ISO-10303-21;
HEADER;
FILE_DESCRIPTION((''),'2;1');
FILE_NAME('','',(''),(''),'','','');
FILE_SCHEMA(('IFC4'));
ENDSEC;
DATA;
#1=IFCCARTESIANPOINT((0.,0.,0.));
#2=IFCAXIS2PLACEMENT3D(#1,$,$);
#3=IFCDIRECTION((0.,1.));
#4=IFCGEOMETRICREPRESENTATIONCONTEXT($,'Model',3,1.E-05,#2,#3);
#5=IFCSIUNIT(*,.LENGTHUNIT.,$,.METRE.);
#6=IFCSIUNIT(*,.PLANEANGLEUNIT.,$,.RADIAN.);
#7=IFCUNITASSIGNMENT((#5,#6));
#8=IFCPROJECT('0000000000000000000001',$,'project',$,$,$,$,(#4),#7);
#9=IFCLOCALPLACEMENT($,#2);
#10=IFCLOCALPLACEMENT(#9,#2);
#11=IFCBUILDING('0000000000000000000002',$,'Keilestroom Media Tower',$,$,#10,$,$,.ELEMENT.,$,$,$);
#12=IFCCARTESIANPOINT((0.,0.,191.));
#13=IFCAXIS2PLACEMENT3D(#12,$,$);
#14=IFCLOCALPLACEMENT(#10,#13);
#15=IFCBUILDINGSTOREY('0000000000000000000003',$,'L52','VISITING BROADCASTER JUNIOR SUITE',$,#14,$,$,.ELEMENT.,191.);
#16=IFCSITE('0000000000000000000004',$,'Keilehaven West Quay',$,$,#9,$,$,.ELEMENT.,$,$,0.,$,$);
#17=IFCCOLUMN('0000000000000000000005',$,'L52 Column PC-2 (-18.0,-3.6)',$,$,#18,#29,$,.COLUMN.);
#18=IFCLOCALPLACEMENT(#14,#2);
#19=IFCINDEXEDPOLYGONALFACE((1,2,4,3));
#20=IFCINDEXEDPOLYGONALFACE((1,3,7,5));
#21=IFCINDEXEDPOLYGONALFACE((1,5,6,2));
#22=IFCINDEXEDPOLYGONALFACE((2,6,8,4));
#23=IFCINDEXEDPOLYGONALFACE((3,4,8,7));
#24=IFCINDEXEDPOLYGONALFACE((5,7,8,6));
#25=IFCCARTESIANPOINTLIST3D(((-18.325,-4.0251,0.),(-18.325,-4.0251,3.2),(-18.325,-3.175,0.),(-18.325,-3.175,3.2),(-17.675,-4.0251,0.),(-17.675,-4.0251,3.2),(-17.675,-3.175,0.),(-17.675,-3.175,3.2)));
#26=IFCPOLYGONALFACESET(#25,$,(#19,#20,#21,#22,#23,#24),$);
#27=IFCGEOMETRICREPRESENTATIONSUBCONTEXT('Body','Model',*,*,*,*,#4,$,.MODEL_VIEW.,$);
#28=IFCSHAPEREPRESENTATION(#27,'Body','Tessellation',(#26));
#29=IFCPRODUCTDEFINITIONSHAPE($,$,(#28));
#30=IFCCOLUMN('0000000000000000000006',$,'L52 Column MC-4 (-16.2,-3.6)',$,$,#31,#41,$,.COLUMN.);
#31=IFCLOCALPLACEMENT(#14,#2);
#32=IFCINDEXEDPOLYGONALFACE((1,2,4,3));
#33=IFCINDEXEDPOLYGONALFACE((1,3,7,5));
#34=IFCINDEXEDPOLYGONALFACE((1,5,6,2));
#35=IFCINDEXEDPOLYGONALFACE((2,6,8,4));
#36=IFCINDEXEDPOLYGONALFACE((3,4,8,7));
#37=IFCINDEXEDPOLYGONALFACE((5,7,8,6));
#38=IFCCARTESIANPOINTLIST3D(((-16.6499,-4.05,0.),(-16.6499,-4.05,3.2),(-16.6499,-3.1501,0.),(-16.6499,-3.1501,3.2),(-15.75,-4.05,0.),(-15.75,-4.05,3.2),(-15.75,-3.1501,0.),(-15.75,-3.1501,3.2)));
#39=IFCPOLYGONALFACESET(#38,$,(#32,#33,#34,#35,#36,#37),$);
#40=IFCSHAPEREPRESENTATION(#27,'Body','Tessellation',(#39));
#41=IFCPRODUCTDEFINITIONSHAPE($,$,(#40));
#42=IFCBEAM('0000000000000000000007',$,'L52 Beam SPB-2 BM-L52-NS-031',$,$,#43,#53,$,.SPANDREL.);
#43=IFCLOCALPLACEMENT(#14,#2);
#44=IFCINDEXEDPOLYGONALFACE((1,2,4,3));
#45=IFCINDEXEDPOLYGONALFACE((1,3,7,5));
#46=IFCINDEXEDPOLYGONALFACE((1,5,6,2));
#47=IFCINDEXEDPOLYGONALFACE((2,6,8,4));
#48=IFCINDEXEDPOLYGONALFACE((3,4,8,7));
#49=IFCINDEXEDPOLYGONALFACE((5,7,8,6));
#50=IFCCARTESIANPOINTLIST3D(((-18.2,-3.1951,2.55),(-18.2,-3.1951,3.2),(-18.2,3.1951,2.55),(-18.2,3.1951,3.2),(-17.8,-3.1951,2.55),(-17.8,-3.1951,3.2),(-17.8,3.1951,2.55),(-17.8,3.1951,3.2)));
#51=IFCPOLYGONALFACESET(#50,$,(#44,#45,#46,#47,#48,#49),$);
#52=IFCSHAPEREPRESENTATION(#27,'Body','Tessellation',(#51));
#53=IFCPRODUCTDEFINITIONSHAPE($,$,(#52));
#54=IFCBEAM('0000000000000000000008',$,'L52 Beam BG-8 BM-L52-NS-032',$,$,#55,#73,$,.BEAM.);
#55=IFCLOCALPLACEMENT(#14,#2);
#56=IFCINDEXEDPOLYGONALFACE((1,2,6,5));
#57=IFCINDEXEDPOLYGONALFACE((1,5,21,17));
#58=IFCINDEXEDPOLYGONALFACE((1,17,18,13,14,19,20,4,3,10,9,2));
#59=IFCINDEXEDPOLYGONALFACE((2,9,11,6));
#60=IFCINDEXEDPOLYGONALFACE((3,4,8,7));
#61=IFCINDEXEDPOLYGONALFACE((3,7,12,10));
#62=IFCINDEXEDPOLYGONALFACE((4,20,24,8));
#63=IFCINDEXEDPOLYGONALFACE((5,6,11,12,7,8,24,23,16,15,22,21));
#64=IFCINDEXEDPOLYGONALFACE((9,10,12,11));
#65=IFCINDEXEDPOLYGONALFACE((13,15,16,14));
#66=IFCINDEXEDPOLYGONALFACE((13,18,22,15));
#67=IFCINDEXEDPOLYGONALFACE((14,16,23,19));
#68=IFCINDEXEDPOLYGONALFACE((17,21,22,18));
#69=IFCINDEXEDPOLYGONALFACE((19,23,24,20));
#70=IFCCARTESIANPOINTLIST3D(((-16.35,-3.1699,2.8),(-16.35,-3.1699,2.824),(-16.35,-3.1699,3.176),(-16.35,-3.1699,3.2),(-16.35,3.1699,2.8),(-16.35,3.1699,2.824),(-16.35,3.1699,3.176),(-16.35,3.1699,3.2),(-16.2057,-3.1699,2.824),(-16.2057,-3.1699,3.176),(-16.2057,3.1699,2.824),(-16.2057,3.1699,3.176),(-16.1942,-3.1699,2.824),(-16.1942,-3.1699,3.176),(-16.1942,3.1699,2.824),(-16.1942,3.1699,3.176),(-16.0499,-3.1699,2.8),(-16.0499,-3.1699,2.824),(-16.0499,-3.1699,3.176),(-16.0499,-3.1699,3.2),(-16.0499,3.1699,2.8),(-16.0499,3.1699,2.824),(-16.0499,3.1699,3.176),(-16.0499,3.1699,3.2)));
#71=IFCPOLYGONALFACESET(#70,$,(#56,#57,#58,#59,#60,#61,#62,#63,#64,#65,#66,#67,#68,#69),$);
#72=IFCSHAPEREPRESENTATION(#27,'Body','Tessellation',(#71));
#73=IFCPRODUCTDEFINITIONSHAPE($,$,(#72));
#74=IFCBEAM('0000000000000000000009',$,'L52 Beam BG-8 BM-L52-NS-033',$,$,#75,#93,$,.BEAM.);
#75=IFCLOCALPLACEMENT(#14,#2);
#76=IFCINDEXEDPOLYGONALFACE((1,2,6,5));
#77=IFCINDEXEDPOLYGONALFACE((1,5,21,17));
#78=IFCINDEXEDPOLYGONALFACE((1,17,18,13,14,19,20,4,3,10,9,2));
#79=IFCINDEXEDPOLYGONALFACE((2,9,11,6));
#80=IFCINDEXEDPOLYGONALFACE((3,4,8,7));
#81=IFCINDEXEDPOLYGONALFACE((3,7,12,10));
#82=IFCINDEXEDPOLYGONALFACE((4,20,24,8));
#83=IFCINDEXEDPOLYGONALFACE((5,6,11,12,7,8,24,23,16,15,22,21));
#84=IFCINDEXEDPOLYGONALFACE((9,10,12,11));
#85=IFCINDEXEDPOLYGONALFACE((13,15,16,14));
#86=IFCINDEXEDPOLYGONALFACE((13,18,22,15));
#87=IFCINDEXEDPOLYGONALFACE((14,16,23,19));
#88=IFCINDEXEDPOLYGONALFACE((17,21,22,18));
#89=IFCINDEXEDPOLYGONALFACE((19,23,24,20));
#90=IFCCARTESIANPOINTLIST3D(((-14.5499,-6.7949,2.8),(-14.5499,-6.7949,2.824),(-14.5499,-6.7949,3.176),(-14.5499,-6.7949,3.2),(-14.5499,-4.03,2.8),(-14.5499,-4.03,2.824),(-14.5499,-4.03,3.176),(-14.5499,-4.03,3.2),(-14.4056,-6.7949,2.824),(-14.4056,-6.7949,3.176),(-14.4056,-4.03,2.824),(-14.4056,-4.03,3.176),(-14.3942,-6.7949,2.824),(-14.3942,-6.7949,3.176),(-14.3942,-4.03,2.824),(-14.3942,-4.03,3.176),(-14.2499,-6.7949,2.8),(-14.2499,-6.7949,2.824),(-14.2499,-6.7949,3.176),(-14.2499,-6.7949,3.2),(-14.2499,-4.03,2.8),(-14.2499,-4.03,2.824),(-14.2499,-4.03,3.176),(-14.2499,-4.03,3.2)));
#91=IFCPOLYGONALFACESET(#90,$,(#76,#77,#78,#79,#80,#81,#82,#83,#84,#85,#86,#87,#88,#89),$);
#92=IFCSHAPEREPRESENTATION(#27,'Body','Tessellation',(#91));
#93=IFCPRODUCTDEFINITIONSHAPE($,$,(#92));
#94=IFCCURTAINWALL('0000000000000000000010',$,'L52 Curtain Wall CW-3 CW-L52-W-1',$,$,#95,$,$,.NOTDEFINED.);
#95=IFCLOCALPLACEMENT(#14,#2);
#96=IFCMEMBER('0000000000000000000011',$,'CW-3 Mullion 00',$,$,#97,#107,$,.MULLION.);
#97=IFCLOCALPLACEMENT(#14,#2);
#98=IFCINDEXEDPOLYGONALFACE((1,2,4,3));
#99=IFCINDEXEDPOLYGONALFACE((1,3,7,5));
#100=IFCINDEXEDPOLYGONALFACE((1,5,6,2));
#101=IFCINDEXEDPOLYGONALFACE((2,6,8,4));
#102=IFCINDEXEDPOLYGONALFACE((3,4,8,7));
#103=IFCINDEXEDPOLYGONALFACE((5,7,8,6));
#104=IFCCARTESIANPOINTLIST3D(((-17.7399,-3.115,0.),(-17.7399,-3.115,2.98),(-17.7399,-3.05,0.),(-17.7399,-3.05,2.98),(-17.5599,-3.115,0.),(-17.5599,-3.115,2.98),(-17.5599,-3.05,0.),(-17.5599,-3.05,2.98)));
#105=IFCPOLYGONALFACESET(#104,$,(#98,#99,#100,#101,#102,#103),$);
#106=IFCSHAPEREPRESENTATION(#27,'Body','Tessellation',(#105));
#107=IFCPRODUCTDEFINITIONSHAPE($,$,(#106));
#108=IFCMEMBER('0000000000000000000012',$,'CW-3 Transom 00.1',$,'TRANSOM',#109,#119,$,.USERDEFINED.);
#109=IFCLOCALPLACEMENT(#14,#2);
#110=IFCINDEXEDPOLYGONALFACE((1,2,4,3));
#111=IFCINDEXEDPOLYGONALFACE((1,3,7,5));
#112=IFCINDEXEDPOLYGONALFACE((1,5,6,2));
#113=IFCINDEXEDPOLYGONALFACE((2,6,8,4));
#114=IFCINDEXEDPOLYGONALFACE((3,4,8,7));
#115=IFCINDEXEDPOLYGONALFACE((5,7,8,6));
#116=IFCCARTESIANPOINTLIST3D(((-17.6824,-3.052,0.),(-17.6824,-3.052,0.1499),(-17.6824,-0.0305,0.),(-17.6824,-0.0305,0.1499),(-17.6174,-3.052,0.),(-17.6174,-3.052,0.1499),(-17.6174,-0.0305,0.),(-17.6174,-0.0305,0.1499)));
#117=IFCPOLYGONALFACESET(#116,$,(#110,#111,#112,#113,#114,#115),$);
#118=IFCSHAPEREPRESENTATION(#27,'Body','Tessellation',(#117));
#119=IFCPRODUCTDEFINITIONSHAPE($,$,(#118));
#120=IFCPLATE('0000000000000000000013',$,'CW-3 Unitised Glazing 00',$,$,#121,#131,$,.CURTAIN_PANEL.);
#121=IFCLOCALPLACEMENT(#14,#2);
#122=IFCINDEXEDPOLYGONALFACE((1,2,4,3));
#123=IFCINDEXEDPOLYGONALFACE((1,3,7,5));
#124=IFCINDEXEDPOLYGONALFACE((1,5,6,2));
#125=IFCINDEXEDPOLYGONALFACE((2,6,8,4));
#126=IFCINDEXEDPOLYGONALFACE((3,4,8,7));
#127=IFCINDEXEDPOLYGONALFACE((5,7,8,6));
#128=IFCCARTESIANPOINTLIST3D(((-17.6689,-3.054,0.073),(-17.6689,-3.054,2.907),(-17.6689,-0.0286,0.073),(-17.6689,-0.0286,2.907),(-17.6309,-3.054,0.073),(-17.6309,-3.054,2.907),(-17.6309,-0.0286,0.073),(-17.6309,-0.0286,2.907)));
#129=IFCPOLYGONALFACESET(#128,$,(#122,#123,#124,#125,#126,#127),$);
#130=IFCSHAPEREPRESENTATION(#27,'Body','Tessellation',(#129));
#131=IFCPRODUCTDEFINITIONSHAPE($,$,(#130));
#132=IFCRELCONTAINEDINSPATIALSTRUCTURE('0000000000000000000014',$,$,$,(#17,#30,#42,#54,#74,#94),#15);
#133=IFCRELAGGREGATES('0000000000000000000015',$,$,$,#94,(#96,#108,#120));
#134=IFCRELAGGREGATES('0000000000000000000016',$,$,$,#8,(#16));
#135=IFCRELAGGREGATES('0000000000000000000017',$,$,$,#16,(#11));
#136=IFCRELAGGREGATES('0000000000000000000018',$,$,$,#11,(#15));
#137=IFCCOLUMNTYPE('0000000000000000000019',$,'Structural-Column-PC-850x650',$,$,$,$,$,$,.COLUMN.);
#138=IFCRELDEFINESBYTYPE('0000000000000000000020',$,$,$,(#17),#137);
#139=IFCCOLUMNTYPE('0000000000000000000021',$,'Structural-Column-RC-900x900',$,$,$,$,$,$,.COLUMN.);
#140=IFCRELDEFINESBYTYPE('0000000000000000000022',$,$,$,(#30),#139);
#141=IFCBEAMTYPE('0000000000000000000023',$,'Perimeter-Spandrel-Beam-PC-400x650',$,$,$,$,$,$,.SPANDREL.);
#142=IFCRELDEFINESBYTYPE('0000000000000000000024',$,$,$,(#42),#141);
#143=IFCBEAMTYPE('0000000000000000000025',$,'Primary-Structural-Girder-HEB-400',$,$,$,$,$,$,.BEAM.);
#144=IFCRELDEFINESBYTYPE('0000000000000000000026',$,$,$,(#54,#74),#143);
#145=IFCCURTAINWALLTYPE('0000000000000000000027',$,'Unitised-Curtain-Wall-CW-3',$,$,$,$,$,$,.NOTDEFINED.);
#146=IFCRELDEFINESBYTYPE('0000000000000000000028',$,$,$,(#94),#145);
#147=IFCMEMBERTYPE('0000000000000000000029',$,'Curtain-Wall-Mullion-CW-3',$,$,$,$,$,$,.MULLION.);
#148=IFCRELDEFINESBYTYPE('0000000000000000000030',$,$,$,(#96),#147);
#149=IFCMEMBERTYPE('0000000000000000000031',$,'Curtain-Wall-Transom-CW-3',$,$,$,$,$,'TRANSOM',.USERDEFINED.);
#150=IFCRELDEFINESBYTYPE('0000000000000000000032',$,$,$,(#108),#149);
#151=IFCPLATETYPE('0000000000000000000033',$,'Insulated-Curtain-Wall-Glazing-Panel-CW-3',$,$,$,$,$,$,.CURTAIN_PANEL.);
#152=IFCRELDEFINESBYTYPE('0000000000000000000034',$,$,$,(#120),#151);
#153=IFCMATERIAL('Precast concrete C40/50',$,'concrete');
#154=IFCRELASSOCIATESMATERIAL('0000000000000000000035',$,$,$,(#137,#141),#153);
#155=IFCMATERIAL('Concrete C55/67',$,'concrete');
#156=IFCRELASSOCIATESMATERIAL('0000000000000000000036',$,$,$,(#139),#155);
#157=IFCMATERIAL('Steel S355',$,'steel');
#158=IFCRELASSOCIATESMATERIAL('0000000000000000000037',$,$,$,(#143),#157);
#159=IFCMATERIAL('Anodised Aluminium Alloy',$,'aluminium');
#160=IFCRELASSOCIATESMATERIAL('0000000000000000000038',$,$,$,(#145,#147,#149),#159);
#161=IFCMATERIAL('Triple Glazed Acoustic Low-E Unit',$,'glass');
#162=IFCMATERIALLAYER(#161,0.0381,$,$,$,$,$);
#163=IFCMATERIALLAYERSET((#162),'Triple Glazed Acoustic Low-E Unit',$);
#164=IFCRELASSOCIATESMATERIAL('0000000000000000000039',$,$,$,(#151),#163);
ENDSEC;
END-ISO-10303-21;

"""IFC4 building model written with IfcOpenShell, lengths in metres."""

from ifc_helpers import new_model, si_unit, direction, frame, origin, origin_2d, place, context, subcontext, project, spatial, rectangle, i_section, extrude, source, transform, mapped, material, layer, layer_set, material_profile, profile_set, type_object, element, aggregate, save


model = new_model("IFC4")

# Units and contexts
model_context = context("Model", 3, precision=1e-05, world=origin(), true_north=direction((0.0, 1.0)))
body_context = subcontext(model_context, "Body", "Model", "MODEL_VIEW")
ifc_project = project(units=[si_unit("LENGTHUNIT", "METRE"), si_unit("PLANEANGLEUNIT", "RADIAN")], contexts=[model_context])

# Site, building, storey
site_placement = place(None, origin())
site = spatial("IfcSite", under=ifc_project, at=site_placement, Name="Keilehaven West Quay", CompositionType="ELEMENT", RefElevation=0.0)
building_placement = place(site_placement, origin())
building = spatial("IfcBuilding", under=site, at=building_placement, Name="Keilestroom Media Tower", CompositionType="ELEMENT")
storey_placement = place(building_placement, frame((0.0, 0.0, 191.0)))
storey = spatial("IfcBuildingStorey", under=building, at=storey_placement, Name="L52", Description="VISITING BROADCASTER JUNIOR SUITE", CompositionType="ELEMENT", Elevation=191.0)

# Columns
ifc_material_1 = material(Name="Precast concrete C40/50", Category="concrete")
ifc_material_profile_1 = material_profile(ifc_material_1, rectangle(XDim=0.6499, YDim=0.8501, at=origin_2d()), Name="PC 850x650")
ifc_profile_set_1 = profile_set([ifc_material_profile_1], Name="Precast concrete C40/50")
column_type_1 = type_object("IfcColumnType", Name="Structural-Column-PC-850x650", PredefinedType="COLUMN", material=ifc_profile_set_1)
shared_shape_1 = source(origin(), body_context, "Body", "SweptSolid", [
    extrude(rectangle(XDim=0.6499, YDim=0.8501, at=origin_2d()), origin(), (0.0, 0.0, 1.0), 3.2),
])
column_1_placement = place(storey_placement, frame((-18.0, -3.6001, 0.0), z_axis=(0.0, 0.0, 1.0), x_axis=(1.0, 0.0, 0.0)))
element("IfcColumn", 1, at=column_1_placement, inside=storey, type_object=column_type_1, Name="L52 Column PC-2 (-18.0,-3.6)", PredefinedType="COLUMN", context=body_context, shape_type="MappedRepresentation", body=[
    mapped(shared_shape_1, transform((0.0, 0.0, 0.0), x_axis=(1.0, 0.0, 0.0), y_axis=(0.0, 1.0, 0.0), z_axis=(0.0, 0.0, 1.0), scale=1.0)),
])
ifc_material_2 = material(Name="Concrete C55/67", Category="concrete")
ifc_material_profile_2 = material_profile(ifc_material_2, rectangle(XDim=0.8999, YDim=0.8999, at=origin_2d()), Name="RC 900x900")
ifc_profile_set_2 = profile_set([ifc_material_profile_2], Name="Concrete C55/67")
column_type_2 = type_object("IfcColumnType", Name="Structural-Column-RC-900x900", PredefinedType="COLUMN", material=ifc_profile_set_2)
shared_shape_2 = source(origin(), body_context, "Body", "SweptSolid", [
    extrude(rectangle(XDim=0.8999, YDim=0.8999, at=origin_2d()), origin(), (0.0, 0.0, 1.0), 3.2),
])
column_2_placement = place(storey_placement, frame((-16.2, -3.6001, 0.0), z_axis=(0.0, 0.0, 1.0), x_axis=(1.0, 0.0, 0.0)))
element("IfcColumn", 2, at=column_2_placement, inside=storey, type_object=column_type_2, Name="L52 Column MC-4 (-16.2,-3.6)", PredefinedType="COLUMN", context=body_context, shape_type="MappedRepresentation", body=[
    mapped(shared_shape_2, transform((0.0, 0.0, 0.0), x_axis=(1.0, 0.0, 0.0), y_axis=(0.0, 1.0, 0.0), z_axis=(0.0, 0.0, 1.0), scale=1.0)),
])

# Beams
ifc_material_profile_3 = material_profile(ifc_material_1, rectangle(XDim=0.3999, YDim=0.6499, at=origin_2d()), Name="PC 400x650")
ifc_profile_set_3 = profile_set([ifc_material_profile_3], Name="Precast concrete C40/50")
beam_type_1 = type_object("IfcBeamType", Name="Perimeter-Spandrel-Beam-PC-400x650", PredefinedType="SPANDREL", material=ifc_profile_set_3)
shared_shape_3 = source(origin(), body_context, "Body", "SweptSolid", [
    extrude(rectangle(XDim=0.3999, YDim=0.6499, at=origin_2d()), origin(), (0.0, 0.0, 1.0), 6.3901),
])
beam_1_placement = place(storey_placement, frame((-18.0, -3.1951, 2.875), z_axis=(0.0, 1.0, 0.0), x_axis=(-1.0, 0.0, 0.0)))
element("IfcBeam", 3, at=beam_1_placement, inside=storey, type_object=beam_type_1, Name="L52 Beam SPB-2 BM-L52-NS-031", PredefinedType="SPANDREL", context=body_context, shape_type="MappedRepresentation", body=[
    mapped(shared_shape_3, transform((0.0, 0.0, 0.0), x_axis=(1.0, 0.0, 0.0), y_axis=(0.0, 1.0, 0.0), z_axis=(0.0, 0.0, 1.0), scale=1.0)),
])
ifc_material_3 = material(Name="Steel S355", Category="steel")
ifc_material_profile_4 = material_profile(ifc_material_3, i_section(OverallWidth=0.3, OverallDepth=0.3999, WebThickness=0.0115, FlangeThickness=0.0239, at=origin_2d()), Name="HEB 400")
ifc_profile_set_4 = profile_set([ifc_material_profile_4], Name="Steel S355")
beam_type_2 = type_object("IfcBeamType", Name="Primary-Structural-Girder-HEB-400", PredefinedType="BEAM", material=ifc_profile_set_4)
shared_shape_4 = source(origin(), body_context, "Body", "SweptSolid", [
    extrude(i_section(OverallWidth=0.3, OverallDepth=0.3999, WebThickness=0.0115, FlangeThickness=0.0239, at=origin_2d()), origin(), (0.0, 0.0, 1.0), 6.3398),
])
beam_2_placement = place(storey_placement, frame((-16.2, -3.1699, 3.0), z_axis=(0.0, 1.0, 0.0), x_axis=(-1.0, 0.0, 0.0)))
element("IfcBeam", 4, at=beam_2_placement, inside=storey, type_object=beam_type_2, Name="L52 Beam BG-8 BM-L52-NS-032", PredefinedType="BEAM", context=body_context, shape_type="MappedRepresentation", body=[
    mapped(shared_shape_4, transform((0.0, 0.0, 0.0), x_axis=(1.0, 0.0, 0.0), y_axis=(0.0, 1.0, 0.0), z_axis=(0.0, 0.0, 1.0), scale=1.0)),
])
shared_shape_5 = source(origin(), body_context, "Body", "SweptSolid", [
    extrude(i_section(OverallWidth=0.3, OverallDepth=0.3999, WebThickness=0.0115, FlangeThickness=0.0239, at=origin_2d()), origin(), (0.0, 0.0, 1.0), 2.7649),
])
beam_3_placement = place(storey_placement, frame((-14.3999, -6.7949, 3.0), z_axis=(0.0, 1.0, 0.0), x_axis=(-1.0, 0.0, 0.0)))
element("IfcBeam", 5, at=beam_3_placement, inside=storey, type_object=beam_type_2, Name="L52 Beam BG-8 BM-L52-NS-033", PredefinedType="BEAM", context=body_context, shape_type="MappedRepresentation", body=[
    mapped(shared_shape_5, transform((0.0, 0.0, 0.0), x_axis=(1.0, 0.0, 0.0), y_axis=(0.0, 1.0, 0.0), z_axis=(0.0, 0.0, 1.0), scale=1.0)),
])

# Curtain wall, members, plate
ifc_material_4 = material(Name="Anodised Aluminium Alloy", Category="aluminium")
curtain_wall_type = type_object("IfcCurtainWallType", Name="Unitised-Curtain-Wall-CW-3", PredefinedType="NOTDEFINED", material=ifc_material_4)
curtain_wall_placement = place(storey_placement, origin())
curtain_wall = element("IfcCurtainWall", 6, at=curtain_wall_placement, inside=storey, type_object=curtain_wall_type, Name="L52 Curtain Wall CW-3 CW-L52-W-1", PredefinedType="NOTDEFINED")
ifc_material_profile_5 = material_profile(ifc_material_4, rectangle(XDim=0.0649, YDim=0.1799, at=origin_2d()), Name="ALU MULLION 65x180")
ifc_profile_set_5 = profile_set([ifc_material_profile_5], Name="Anodised Aluminium Alloy")
member_type_1 = type_object("IfcMemberType", Name="Curtain-Wall-Mullion-CW-3", PredefinedType="MULLION", material=ifc_profile_set_5)
shared_shape_6 = source(origin(), body_context, "Body", "SweptSolid", [
    extrude(rectangle(XDim=0.0649, YDim=0.1799, at=origin_2d()), origin(), (0.0, 0.0, 1.0), 2.98),
])
member_1_placement = place(storey_placement, frame((-17.6499, -3.0825, 0.0), z_axis=(0.0, 0.0, 1.0), x_axis=(0.0, 1.0, 0.0)))
member_1 = element("IfcMember", 7, at=member_1_placement, type_object=member_type_1, Name="CW-3 Mullion 00", PredefinedType="MULLION", context=body_context, shape_type="MappedRepresentation", body=[
    mapped(shared_shape_6, transform((0.0, 0.0, 0.0), x_axis=(1.0, 0.0, 0.0), y_axis=(0.0, 1.0, 0.0), z_axis=(0.0, 0.0, 1.0), scale=1.0)),
])
ifc_material_profile_6 = material_profile(ifc_material_4, rectangle(XDim=0.0649, YDim=0.1499, at=origin_2d()), Name="ALU TRANSOM 65x150")
ifc_profile_set_6 = profile_set([ifc_material_profile_6], Name="Anodised Aluminium Alloy")
member_type_2 = type_object("IfcMemberType", Name="Curtain-Wall-Transom-CW-3", ElementType="TRANSOM", PredefinedType="USERDEFINED", material=ifc_profile_set_6)
shared_shape_7 = source(origin(), body_context, "Body", "SweptSolid", [
    extrude(rectangle(XDim=0.0649, YDim=0.1499, at=origin_2d()), origin(), (0.0, 0.0, 1.0), 3.0215),
])
member_2_placement = place(storey_placement, frame((-17.6499, -3.052, 0.075), z_axis=(0.0, 1.0, 0.0), x_axis=(-1.0, 0.0, 0.0)))
member_2 = element("IfcMember", 8, at=member_2_placement, type_object=member_type_2, Name="CW-3 Transom 00.1", ObjectType="TRANSOM", PredefinedType="USERDEFINED", context=body_context, shape_type="MappedRepresentation", body=[
    mapped(shared_shape_7, transform((0.0, 0.0, 0.0), x_axis=(1.0, 0.0, 0.0), y_axis=(0.0, 1.0, 0.0), z_axis=(0.0, 0.0, 1.0), scale=1.0)),
])
ifc_material_5 = material(Name="Triple Glazed Acoustic Low-E Unit", Category="glass")
ifc_layer_1 = layer(ifc_material_5, 0.0381)
ifc_layer_set_1 = layer_set([ifc_layer_1], Name="Triple Glazed Acoustic Low-E Unit")
plate_type = type_object("IfcPlateType", Name="Insulated-Curtain-Wall-Glazing-Panel-CW-3", PredefinedType="CURTAIN_PANEL", material=ifc_layer_set_1)
shared_shape_8 = source(origin(), body_context, "Body", "SweptSolid", [
    extrude(rectangle(XDim=3.0254, YDim=0.0381, at=origin_2d()), origin(), (0.0, 0.0, 1.0), 2.834),
])
plate_placement = place(storey_placement, frame((-17.6499, -1.5413, 0.073), z_axis=(0.0, 0.0, 1.0), x_axis=(0.0, 1.0, 0.0)))
plate = element("IfcPlate", 9, at=plate_placement, type_object=plate_type, Name="CW-3 Unitised Glazing 00", PredefinedType="CURTAIN_PANEL", context=body_context, shape_type="MappedRepresentation", body=[
    mapped(shared_shape_8, transform((0.0, 0.0, 0.0), x_axis=(1.0, 0.0, 0.0), y_axis=(0.0, 1.0, 0.0), z_axis=(0.0, 0.0, 1.0), scale=1.0)),
])
aggregate(curtain_wall, [member_1, member_2, plate])

save(model, "model.ifc")
